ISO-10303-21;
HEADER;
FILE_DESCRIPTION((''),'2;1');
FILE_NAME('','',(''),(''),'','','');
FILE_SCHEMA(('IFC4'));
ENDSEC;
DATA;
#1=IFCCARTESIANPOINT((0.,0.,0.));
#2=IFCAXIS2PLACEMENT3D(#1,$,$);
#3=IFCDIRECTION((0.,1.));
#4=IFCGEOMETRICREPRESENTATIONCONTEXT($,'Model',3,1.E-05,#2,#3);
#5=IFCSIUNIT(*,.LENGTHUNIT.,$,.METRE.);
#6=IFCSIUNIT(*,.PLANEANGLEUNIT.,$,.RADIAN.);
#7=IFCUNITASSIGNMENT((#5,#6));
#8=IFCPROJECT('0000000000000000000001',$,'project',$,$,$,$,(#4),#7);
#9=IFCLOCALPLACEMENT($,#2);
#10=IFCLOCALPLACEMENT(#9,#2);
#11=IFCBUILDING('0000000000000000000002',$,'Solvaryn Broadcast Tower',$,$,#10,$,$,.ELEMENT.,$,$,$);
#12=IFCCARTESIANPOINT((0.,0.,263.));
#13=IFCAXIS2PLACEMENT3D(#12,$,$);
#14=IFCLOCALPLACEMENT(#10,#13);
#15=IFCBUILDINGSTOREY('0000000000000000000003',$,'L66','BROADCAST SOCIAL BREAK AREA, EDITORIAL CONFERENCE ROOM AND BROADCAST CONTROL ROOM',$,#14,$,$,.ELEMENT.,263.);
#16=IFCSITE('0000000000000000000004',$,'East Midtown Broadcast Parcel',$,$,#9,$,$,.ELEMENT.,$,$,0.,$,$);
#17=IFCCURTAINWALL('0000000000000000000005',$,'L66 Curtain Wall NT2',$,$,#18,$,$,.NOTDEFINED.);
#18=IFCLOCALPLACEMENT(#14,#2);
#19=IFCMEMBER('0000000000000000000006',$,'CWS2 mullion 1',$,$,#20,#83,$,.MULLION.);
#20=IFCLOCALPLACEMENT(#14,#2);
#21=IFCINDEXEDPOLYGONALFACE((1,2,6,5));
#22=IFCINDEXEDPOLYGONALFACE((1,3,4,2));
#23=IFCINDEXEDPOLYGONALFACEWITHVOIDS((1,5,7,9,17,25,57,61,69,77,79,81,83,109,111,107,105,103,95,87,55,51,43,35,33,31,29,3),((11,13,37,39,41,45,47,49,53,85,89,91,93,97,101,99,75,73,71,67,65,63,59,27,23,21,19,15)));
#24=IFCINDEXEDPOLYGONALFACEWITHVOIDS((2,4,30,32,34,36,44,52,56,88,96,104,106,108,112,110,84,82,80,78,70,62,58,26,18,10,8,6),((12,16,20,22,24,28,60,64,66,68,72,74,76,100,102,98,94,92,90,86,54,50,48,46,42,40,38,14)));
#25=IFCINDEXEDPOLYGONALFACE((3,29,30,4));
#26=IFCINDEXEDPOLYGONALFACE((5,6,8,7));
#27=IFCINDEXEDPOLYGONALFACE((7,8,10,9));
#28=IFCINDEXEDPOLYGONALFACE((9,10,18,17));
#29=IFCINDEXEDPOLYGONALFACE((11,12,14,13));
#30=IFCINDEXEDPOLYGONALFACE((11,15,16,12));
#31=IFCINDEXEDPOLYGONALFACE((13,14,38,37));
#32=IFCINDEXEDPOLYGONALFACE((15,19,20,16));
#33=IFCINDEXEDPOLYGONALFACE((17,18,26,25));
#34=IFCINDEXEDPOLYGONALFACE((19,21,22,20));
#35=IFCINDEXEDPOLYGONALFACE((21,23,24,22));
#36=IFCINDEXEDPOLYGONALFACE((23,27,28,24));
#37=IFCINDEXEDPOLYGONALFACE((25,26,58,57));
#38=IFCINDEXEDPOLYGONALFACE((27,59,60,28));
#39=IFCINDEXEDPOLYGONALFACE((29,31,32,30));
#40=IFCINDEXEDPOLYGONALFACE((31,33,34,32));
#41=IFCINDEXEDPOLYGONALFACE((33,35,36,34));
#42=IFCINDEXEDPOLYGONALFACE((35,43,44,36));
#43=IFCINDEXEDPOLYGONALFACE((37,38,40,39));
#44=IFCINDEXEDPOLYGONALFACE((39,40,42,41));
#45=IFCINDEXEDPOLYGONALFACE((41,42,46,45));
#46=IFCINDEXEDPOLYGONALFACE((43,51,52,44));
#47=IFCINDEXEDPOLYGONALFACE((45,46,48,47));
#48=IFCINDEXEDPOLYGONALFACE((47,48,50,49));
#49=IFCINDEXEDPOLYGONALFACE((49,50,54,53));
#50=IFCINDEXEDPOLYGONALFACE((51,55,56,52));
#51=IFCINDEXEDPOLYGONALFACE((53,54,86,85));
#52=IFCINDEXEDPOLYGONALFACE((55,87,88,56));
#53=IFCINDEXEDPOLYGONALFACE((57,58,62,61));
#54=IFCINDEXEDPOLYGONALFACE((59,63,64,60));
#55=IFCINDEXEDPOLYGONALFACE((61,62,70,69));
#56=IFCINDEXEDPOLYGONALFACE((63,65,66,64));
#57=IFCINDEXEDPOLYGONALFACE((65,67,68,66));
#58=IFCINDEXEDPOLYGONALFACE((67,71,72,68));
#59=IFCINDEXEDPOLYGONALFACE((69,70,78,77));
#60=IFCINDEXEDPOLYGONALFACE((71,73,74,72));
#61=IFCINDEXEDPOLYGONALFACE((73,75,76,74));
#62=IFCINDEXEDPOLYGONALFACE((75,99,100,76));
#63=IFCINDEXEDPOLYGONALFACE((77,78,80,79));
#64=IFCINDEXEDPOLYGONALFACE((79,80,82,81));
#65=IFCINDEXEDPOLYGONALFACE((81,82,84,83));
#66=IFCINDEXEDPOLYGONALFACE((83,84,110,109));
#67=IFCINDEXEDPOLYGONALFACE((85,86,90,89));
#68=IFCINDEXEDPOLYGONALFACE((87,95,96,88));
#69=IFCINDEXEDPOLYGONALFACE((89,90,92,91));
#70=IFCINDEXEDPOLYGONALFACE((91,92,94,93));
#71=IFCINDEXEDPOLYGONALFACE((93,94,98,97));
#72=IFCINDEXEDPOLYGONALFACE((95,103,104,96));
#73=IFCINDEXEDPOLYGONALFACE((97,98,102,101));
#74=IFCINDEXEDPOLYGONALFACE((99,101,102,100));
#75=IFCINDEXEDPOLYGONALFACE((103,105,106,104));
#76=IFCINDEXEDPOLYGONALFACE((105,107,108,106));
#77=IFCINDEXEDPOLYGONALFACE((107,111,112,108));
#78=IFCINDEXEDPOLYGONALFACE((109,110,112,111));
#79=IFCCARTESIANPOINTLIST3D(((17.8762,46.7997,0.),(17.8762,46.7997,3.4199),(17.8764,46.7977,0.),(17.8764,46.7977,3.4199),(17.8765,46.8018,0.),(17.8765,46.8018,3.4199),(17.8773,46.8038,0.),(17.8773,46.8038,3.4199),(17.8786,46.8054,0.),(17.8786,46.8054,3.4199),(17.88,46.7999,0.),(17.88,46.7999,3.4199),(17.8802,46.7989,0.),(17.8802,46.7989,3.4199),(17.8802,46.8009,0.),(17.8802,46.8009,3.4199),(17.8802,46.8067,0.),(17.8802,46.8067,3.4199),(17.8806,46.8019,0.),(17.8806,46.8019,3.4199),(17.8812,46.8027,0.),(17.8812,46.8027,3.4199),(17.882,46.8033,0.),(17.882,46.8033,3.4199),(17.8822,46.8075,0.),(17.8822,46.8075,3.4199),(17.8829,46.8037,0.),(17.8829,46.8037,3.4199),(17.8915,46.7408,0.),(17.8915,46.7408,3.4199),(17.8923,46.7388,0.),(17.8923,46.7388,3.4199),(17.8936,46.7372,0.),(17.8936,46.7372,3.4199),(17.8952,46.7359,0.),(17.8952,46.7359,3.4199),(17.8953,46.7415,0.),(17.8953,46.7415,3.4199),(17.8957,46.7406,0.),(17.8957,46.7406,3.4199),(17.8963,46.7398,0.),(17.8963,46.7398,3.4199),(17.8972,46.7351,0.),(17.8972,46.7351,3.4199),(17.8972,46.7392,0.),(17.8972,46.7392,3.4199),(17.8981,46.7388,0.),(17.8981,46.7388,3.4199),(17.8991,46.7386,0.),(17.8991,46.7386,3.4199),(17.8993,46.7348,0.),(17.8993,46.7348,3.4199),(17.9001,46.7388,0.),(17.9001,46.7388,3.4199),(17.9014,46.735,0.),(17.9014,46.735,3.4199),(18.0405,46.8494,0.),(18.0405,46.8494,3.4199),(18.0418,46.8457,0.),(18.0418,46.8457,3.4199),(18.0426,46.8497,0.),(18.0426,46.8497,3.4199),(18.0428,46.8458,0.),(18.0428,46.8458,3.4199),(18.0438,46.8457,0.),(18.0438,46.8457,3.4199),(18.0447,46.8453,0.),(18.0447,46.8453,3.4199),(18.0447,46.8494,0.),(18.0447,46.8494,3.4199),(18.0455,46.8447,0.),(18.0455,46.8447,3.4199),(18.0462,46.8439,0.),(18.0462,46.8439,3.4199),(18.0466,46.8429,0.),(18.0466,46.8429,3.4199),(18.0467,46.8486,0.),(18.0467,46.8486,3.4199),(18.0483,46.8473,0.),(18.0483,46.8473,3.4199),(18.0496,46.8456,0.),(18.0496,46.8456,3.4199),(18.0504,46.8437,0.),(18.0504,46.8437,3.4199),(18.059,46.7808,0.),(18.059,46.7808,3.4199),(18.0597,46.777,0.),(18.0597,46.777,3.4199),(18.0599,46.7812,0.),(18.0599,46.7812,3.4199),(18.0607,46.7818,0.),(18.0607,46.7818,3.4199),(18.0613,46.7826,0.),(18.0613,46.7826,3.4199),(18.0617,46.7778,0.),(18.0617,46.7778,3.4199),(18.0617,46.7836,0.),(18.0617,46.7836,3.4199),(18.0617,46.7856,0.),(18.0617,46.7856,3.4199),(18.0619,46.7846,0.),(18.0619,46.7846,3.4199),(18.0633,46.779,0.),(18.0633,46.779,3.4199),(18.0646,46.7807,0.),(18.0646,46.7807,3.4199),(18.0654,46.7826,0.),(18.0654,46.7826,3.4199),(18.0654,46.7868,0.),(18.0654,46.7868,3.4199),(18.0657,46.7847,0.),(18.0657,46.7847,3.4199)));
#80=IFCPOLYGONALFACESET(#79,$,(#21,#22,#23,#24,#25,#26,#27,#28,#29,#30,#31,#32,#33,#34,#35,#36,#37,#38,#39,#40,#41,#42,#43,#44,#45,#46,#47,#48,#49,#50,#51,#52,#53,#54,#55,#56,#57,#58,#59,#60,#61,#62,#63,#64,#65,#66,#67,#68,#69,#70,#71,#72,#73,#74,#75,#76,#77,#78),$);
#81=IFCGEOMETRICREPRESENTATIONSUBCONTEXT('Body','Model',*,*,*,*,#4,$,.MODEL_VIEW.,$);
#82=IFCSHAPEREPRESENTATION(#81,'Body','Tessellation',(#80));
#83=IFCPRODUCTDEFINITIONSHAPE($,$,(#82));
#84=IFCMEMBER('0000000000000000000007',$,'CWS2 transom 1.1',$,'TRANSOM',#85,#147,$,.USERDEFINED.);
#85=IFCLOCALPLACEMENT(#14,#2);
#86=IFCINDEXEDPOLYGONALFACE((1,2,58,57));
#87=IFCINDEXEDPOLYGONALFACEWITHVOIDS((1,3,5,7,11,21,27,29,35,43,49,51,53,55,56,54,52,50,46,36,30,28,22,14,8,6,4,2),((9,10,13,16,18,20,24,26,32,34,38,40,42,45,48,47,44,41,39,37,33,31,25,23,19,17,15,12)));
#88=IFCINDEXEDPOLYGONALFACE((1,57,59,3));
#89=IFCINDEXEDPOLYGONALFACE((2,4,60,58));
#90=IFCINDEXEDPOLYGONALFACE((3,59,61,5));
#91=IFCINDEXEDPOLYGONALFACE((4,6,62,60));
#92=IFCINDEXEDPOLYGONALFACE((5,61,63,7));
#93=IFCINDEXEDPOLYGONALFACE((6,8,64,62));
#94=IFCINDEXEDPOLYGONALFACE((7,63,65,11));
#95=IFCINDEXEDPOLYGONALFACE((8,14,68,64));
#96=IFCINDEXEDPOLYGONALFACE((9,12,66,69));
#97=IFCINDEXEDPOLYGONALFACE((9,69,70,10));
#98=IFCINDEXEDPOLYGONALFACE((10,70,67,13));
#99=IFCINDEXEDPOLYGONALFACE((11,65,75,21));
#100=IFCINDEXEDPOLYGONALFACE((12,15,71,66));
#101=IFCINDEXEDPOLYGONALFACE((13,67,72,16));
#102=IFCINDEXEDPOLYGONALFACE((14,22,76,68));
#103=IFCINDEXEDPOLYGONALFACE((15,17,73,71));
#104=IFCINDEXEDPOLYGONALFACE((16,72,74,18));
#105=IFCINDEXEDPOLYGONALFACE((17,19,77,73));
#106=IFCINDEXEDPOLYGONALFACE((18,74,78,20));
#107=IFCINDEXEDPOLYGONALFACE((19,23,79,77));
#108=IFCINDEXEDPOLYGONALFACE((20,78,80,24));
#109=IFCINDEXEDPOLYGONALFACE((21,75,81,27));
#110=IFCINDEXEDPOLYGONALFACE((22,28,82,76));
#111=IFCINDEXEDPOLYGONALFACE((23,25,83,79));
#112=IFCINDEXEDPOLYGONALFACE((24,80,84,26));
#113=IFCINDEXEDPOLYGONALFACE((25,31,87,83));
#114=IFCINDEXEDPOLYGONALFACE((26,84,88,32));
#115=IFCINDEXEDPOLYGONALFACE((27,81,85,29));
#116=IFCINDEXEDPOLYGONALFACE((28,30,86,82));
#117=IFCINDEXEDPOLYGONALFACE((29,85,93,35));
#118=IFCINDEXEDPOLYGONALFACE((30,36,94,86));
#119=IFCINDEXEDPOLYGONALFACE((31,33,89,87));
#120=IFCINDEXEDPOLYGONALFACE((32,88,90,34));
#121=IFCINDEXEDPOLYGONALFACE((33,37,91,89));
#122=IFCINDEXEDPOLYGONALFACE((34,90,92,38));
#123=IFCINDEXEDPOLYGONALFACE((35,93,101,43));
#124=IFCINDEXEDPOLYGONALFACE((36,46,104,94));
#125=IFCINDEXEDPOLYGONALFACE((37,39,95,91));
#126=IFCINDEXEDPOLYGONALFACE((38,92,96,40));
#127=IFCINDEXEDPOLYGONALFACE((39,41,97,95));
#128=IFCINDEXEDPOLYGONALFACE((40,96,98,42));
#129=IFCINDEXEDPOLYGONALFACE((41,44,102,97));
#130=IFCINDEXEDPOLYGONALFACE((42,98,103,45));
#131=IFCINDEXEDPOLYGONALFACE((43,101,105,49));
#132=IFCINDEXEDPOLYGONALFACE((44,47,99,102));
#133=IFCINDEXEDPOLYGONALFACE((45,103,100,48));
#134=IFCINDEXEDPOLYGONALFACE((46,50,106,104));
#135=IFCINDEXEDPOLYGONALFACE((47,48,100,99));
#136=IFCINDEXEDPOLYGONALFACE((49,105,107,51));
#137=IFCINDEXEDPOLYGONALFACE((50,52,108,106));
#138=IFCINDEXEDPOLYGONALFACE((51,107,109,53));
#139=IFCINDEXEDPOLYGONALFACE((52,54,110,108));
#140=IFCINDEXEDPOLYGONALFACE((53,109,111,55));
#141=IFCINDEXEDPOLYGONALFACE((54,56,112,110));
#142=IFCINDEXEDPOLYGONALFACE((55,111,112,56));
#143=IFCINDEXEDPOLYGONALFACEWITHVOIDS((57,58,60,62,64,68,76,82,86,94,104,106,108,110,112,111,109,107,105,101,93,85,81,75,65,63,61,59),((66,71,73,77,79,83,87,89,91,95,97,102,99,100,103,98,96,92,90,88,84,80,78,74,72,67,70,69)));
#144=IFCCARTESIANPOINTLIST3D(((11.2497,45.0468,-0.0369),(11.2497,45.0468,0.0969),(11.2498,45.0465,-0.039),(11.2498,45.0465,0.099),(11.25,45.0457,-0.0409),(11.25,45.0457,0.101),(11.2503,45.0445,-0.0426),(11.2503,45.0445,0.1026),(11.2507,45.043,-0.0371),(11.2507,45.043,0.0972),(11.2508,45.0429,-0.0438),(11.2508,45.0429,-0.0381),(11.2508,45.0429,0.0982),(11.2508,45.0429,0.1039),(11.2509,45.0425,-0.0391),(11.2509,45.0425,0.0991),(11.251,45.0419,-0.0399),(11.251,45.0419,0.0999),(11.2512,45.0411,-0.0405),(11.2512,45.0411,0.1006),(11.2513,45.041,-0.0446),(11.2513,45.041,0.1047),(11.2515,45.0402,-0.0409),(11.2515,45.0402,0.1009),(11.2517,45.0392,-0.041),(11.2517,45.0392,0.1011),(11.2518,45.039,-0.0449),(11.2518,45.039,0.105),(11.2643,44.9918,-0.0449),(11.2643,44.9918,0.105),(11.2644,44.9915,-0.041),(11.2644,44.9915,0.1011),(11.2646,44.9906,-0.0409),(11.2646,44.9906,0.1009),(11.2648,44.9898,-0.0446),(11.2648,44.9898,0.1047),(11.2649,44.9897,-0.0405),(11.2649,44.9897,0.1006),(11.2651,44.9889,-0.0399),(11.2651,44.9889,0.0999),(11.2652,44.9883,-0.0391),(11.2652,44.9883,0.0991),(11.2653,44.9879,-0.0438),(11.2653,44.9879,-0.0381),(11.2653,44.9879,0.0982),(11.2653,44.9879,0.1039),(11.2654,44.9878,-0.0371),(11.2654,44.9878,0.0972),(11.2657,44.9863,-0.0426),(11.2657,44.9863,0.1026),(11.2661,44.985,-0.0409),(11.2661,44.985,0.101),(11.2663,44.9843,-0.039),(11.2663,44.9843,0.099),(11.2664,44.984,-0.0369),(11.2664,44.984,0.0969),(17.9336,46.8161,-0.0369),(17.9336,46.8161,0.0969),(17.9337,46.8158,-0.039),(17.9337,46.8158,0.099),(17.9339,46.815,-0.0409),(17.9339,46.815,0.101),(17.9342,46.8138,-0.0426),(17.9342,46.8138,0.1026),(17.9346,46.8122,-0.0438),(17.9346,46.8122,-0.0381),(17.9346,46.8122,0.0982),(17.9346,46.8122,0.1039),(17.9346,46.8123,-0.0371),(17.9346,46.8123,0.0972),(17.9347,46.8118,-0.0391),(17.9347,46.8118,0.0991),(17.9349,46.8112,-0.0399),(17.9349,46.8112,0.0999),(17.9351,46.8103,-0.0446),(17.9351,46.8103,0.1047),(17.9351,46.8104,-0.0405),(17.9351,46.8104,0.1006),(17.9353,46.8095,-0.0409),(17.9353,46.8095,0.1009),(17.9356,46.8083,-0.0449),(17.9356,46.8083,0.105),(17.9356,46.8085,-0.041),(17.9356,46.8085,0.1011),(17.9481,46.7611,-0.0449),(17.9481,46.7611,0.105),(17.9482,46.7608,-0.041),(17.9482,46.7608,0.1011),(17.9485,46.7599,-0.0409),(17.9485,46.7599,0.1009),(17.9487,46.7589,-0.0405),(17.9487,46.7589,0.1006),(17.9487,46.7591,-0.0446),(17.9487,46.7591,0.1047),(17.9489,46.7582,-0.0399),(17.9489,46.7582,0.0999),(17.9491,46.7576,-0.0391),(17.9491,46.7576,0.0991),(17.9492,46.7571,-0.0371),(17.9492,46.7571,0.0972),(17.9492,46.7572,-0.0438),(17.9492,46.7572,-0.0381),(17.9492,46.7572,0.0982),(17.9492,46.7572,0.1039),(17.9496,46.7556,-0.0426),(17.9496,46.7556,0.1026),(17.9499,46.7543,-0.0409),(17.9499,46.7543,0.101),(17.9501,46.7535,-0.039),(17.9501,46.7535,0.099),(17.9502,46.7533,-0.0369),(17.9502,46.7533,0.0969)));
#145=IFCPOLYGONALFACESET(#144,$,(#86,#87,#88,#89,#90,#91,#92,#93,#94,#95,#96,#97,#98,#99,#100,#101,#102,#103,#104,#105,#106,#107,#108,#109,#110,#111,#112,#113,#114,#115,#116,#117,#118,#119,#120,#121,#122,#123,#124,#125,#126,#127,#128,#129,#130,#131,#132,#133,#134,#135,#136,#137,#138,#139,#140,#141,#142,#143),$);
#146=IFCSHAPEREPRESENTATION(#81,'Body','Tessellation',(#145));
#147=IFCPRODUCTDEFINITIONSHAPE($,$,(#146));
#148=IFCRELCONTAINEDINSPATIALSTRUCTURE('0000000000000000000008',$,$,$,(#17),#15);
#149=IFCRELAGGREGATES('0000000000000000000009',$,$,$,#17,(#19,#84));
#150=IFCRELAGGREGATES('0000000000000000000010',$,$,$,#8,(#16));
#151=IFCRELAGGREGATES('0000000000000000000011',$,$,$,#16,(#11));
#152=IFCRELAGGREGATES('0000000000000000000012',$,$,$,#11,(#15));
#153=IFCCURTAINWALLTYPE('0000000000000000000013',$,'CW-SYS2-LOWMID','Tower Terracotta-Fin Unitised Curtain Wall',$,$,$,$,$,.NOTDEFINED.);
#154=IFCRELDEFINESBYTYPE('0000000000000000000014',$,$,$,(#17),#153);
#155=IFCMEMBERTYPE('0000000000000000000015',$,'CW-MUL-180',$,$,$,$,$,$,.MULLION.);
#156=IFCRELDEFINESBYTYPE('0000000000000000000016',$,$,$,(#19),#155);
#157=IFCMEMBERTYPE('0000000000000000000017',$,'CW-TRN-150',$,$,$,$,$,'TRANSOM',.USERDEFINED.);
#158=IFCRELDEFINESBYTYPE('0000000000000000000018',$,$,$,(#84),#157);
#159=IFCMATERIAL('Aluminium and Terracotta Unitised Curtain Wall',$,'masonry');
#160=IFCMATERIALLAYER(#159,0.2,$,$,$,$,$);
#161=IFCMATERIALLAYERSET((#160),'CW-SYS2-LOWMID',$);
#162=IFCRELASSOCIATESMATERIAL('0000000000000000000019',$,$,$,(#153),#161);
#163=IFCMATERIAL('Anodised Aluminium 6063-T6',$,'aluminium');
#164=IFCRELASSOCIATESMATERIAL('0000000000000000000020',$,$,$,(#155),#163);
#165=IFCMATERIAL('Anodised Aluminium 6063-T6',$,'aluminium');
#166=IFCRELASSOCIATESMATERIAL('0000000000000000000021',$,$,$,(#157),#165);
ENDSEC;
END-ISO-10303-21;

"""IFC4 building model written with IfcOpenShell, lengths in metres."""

from ifc_helpers import new_model, si_unit, direction, frame, origin, origin_2d, place, context, subcontext, project, spatial, hollow_rectangle, extrude, material, layer, layer_set, material_profile, profile_set, type_object, element, aggregate, save


model = new_model("IFC4")

# Units and contexts
model_context = context("Model", 3, precision=1e-05, world=origin(), true_north=direction((0.0, 1.0)))
body_context = subcontext(model_context, "Body", "Model", "MODEL_VIEW")
ifc_project = project(units=[si_unit("LENGTHUNIT", "METRE"), si_unit("PLANEANGLEUNIT", "RADIAN")], contexts=[model_context])

# Site, building, storey
site_placement = place(None, origin())
site = spatial("IfcSite", under=ifc_project, at=site_placement, Name="East Midtown Broadcast Parcel", CompositionType="ELEMENT", RefElevation=0.0)
building_placement = place(site_placement, origin())
building = spatial("IfcBuilding", under=site, at=building_placement, Name="Solvaryn Broadcast Tower", CompositionType="ELEMENT")
storey_placement = place(building_placement, frame((0.0, 0.0, 263.0)))
storey = spatial("IfcBuildingStorey", under=building, at=storey_placement, Name="L66", Description="BROADCAST SOCIAL BREAK AREA, EDITORIAL CONFERENCE ROOM AND BROADCAST CONTROL ROOM", CompositionType="ELEMENT", Elevation=263.0)

# Shared definitions
ifc_material_1 = material(Name="Aluminium and Terracotta Unitised Curtain Wall", Category="masonry")
ifc_layer_1 = layer(ifc_material_1, 0.2)
ifc_layer_set_1 = layer_set([ifc_layer_1], Name="CW-SYS2-LOWMID")
curtain_wall_type = type_object("IfcCurtainWallType", Name="CW-SYS2-LOWMID", Description="Tower Terracotta-Fin Unitised Curtain Wall", PredefinedType="NOTDEFINED", material=ifc_layer_set_1)
ifc_material_2 = material(Name="Anodised Aluminium 6063-T6", Category="aluminium")
ifc_material_profile_1 = material_profile(ifc_material_2, hollow_rectangle(XDim=0.075, YDim=0.1799, WallThickness=0.0039, InnerFilletRadius=0.0039, OuterFilletRadius=0.0081, at=origin_2d()))
ifc_profile_set_1 = profile_set([ifc_material_profile_1], Name="Anodised Aluminium 6063-T6")
member_type_1 = type_object("IfcMemberType", Name="CW-MUL-180", PredefinedType="MULLION", material=ifc_profile_set_1)

# Curtain wall, members
curtain_wall_1_placement = place(storey_placement, origin())
curtain_wall_1 = element("IfcCurtainWall", 1, at=curtain_wall_1_placement, inside=storey, type_object=curtain_wall_type, Name="L66 Curtain Wall NT2", PredefinedType="NOTDEFINED")
member_1_placement = place(storey_placement, frame((17.9709, 46.7922, 0.0), z_axis=(0.0, 0.0, 1.0), x_axis=(0.255893, -0.966705, 0.0)))
member_1 = element("IfcMember", 2, at=member_1_placement, type_object=member_type_1, Name="CWS2 mullion 1", PredefinedType="MULLION", context=body_context, shape_type="SweptSolid", body=[
    extrude(hollow_rectangle(XDim=0.075, YDim=0.1799, WallThickness=0.0039, InnerFilletRadius=0.0039, OuterFilletRadius=0.0081, at=origin_2d()), origin(), (0.0, 0.0, 1.0), 3.4199),
])
ifc_material_3 = material(Name="Anodised Aluminium 6063-T6", Category="aluminium")
ifc_material_profile_2 = material_profile(ifc_material_3, hollow_rectangle(XDim=0.0649, YDim=0.1499, WallThickness=0.0039, InnerFilletRadius=0.0039, OuterFilletRadius=0.0081, at=origin_2d()))
ifc_profile_set_2 = profile_set([ifc_material_profile_2], Name="Anodised Aluminium 6063-T6")
member_type_2 = type_object("IfcMemberType", Name="CW-TRN-150", ElementType="TRANSOM", PredefinedType="USERDEFINED", material=ifc_profile_set_2)
member_2_placement = place(storey_placement, frame((17.9419, 46.7847, 0.03), z_axis=(-0.966704, -0.255897, 0.0), x_axis=(0.255897, -0.966704, 0.0)))
member_2 = element("IfcMember", 3, at=member_2_placement, type_object=member_type_2, Name="CWS2 transom 1.1", ObjectType="TRANSOM", PredefinedType="USERDEFINED", context=body_context, shape_type="SweptSolid", body=[
    extrude(hollow_rectangle(XDim=0.0649, YDim=0.1499, WallThickness=0.0039, InnerFilletRadius=0.0039, OuterFilletRadius=0.0081, at=origin_2d()), origin(), (0.0, 0.0, 1.0), 6.9141),
])
aggregate(curtain_wall_1, [member_1, member_2])

save(model, "model.ifc")
